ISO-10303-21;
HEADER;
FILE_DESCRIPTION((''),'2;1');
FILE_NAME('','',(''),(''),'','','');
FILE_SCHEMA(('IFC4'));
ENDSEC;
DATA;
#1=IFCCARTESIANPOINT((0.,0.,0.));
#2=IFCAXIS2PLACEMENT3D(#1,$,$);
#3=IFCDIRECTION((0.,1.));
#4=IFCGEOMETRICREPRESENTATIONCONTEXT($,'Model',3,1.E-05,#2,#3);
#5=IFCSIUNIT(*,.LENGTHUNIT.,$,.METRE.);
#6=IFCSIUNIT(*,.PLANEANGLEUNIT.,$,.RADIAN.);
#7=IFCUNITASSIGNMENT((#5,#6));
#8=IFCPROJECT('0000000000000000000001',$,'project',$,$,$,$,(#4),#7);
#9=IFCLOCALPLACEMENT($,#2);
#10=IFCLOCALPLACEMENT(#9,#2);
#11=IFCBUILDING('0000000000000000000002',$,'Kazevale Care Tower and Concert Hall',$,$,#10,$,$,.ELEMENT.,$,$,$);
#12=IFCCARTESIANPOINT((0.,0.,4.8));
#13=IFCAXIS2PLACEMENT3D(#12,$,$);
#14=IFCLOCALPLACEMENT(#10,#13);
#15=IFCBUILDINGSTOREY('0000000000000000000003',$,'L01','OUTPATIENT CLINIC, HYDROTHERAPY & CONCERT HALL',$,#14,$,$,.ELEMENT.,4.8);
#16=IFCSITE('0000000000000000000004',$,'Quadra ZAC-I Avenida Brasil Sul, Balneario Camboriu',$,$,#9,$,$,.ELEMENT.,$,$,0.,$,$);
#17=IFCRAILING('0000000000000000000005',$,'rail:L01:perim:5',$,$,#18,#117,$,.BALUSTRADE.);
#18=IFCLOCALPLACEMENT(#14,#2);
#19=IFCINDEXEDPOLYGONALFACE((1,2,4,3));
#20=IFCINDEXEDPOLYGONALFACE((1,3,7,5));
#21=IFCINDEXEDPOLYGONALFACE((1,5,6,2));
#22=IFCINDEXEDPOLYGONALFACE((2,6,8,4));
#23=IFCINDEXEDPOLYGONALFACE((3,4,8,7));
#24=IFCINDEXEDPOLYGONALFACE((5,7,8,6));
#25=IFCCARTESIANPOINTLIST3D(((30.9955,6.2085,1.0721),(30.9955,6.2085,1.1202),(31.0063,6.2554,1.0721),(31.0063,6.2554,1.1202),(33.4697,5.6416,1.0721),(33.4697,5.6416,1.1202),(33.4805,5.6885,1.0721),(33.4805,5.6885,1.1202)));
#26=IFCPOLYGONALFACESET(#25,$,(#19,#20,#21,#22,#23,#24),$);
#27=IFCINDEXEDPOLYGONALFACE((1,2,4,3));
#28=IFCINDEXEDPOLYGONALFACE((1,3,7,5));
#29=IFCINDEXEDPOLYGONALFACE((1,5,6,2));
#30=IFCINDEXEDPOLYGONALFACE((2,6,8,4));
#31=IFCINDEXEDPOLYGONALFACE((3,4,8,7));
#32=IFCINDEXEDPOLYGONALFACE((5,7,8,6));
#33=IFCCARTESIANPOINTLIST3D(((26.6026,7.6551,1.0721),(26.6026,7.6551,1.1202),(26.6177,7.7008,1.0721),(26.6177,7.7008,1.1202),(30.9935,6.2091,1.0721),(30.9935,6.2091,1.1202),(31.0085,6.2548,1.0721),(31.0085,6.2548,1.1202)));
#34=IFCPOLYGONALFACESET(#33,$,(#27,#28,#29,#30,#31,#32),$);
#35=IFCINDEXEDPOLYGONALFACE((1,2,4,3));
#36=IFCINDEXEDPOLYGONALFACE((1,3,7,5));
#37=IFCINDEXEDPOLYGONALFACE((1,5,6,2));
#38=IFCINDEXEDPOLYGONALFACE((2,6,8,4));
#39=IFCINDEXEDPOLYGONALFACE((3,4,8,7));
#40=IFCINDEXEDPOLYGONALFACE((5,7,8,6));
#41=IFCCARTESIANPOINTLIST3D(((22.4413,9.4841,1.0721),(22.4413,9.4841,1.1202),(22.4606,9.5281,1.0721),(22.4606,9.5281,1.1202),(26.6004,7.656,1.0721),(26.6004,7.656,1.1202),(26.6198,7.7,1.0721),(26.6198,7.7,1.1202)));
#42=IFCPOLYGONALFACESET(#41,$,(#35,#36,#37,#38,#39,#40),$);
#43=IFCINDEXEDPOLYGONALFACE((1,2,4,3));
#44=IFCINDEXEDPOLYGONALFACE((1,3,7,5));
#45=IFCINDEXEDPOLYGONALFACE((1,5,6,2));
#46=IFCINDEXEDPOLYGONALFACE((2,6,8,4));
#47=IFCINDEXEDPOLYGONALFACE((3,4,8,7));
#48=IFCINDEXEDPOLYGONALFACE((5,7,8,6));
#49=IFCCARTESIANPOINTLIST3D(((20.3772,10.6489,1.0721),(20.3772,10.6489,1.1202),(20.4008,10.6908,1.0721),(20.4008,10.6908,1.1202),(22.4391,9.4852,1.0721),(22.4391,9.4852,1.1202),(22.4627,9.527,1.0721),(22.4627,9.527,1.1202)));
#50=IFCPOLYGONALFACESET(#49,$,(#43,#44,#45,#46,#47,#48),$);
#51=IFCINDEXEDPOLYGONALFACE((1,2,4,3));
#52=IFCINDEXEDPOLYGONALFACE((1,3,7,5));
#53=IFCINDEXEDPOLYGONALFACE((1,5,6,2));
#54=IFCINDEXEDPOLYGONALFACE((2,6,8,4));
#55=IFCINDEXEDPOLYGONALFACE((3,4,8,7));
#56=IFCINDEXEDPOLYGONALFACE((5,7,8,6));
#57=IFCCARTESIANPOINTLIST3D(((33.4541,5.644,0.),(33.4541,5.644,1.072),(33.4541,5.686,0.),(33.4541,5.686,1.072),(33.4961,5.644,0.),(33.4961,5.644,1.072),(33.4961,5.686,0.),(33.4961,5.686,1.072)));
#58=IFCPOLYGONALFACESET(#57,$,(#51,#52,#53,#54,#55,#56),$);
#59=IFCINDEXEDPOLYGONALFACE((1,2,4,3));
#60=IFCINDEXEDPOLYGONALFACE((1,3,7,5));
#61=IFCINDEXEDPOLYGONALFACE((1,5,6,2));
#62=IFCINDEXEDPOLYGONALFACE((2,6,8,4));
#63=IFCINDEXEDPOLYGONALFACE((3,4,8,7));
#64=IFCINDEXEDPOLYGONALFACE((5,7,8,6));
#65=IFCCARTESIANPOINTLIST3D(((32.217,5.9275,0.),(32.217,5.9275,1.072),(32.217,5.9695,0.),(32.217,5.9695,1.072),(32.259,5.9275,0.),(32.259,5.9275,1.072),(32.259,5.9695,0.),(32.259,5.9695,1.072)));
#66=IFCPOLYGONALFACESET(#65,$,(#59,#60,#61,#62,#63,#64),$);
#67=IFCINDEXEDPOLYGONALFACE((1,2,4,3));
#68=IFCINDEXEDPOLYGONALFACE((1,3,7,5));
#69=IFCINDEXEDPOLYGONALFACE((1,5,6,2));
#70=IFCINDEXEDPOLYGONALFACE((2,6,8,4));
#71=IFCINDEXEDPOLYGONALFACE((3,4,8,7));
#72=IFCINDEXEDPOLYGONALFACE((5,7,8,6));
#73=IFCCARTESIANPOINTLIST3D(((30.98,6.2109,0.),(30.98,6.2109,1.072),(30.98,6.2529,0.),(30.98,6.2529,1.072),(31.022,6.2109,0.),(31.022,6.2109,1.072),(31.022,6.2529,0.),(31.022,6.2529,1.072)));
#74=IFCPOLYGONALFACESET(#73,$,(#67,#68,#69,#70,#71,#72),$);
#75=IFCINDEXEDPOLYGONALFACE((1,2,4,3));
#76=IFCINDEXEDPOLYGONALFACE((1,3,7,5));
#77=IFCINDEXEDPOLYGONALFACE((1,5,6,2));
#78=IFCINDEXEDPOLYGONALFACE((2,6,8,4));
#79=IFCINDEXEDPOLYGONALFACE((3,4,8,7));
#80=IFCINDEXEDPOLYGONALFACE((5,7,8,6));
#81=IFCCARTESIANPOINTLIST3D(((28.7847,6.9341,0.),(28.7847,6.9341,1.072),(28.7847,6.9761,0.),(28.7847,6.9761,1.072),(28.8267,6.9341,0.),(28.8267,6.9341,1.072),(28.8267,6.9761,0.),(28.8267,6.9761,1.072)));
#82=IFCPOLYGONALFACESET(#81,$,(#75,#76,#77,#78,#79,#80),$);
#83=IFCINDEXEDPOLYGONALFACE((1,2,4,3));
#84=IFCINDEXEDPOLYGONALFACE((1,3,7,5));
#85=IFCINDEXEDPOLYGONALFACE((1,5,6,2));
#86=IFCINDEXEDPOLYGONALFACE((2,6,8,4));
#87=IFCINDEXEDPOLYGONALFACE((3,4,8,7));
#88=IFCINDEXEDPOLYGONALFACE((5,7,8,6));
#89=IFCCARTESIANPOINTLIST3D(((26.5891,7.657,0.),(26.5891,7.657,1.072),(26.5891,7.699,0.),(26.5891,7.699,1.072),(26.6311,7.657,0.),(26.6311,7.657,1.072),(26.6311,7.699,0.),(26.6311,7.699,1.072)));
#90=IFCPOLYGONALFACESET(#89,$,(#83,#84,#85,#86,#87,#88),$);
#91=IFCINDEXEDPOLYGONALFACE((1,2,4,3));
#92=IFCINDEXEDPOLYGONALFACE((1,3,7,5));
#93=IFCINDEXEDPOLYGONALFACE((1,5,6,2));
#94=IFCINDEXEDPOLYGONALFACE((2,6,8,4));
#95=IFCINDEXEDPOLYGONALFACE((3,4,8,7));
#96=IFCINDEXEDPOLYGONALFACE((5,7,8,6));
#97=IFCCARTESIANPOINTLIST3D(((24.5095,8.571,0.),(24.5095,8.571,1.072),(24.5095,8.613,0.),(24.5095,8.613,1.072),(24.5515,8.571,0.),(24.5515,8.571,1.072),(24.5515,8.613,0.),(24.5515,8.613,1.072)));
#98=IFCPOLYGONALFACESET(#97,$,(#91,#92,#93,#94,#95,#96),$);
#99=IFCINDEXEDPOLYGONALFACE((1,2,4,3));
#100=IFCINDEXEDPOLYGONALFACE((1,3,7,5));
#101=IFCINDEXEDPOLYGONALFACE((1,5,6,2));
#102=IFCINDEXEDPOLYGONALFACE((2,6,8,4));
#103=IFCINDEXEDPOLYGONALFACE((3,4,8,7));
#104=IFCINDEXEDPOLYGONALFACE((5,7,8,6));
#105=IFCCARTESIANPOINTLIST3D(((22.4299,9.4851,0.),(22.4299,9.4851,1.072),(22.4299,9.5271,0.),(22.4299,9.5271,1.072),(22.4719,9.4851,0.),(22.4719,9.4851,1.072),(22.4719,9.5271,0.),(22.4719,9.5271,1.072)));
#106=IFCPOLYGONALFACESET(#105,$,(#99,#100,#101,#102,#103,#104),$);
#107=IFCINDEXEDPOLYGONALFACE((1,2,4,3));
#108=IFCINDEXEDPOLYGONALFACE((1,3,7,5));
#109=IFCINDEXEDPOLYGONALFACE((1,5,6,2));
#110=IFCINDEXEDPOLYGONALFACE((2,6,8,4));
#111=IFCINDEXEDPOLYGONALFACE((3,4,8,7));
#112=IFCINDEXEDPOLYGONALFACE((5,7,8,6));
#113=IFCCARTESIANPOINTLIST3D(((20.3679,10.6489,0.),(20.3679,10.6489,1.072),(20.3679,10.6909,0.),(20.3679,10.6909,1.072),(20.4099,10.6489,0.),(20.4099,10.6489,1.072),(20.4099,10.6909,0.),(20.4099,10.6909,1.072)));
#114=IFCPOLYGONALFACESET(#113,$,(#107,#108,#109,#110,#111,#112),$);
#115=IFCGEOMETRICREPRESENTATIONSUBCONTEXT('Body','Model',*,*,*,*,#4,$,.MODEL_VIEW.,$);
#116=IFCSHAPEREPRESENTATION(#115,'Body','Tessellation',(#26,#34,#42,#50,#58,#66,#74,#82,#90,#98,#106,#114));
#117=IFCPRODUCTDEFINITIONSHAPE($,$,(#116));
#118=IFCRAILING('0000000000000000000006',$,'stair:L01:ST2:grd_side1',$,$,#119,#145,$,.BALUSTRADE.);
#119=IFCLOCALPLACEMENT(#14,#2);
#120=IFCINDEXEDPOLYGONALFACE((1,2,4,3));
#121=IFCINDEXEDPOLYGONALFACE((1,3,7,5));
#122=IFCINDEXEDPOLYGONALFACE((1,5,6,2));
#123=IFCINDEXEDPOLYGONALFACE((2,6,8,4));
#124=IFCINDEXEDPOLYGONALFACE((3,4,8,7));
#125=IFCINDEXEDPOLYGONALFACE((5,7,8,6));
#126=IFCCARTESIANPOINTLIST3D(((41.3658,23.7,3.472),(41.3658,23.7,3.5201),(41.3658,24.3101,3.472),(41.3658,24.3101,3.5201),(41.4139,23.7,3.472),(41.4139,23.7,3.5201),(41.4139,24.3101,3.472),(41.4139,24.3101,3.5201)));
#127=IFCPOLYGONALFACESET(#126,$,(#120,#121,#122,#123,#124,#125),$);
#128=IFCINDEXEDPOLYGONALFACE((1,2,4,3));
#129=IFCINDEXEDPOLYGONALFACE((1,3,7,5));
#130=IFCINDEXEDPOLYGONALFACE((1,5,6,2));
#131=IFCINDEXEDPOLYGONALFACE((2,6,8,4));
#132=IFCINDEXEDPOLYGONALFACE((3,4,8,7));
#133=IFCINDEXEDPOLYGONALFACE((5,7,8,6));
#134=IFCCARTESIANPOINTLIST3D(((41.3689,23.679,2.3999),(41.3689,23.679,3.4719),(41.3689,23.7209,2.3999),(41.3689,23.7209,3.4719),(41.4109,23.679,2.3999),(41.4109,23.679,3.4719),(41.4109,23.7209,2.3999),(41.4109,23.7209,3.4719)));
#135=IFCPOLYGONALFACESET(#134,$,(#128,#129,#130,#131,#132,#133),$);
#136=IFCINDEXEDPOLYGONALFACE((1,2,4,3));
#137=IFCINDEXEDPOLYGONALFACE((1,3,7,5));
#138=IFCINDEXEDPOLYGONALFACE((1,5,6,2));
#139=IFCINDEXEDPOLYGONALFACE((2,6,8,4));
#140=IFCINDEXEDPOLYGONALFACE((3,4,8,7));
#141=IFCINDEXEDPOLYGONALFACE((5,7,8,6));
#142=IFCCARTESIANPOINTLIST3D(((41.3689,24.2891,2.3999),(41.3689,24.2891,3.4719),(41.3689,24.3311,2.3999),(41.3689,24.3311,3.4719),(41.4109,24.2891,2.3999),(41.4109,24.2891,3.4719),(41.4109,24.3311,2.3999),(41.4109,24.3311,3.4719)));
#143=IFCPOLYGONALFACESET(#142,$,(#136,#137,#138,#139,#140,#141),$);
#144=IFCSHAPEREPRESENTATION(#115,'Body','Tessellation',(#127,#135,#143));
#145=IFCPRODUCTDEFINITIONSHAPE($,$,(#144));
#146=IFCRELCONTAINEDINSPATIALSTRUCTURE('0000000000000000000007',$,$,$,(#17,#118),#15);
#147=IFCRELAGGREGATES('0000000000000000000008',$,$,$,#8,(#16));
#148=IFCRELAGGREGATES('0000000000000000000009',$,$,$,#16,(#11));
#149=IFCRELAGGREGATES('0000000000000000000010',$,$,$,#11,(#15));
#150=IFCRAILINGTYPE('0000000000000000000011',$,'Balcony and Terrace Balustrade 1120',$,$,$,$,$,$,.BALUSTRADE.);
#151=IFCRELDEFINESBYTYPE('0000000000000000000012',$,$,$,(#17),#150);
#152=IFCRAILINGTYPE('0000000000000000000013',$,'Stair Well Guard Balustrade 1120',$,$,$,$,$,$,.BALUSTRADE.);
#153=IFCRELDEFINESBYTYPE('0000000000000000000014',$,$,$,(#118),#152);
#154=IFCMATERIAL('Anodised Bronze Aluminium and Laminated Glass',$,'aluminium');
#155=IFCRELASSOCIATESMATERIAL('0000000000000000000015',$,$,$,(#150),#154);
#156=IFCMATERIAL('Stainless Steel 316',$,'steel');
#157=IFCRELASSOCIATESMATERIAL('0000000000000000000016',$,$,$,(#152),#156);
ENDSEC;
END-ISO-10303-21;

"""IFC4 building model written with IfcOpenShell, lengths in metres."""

from ifc_helpers import new_model, si_unit, direction, frame, origin, origin_2d, place, context, subcontext, project, spatial, rectangle, extrude, material, type_object, element, save


model = new_model("IFC4")

# Units and contexts
model_context = context("Model", 3, precision=1e-05, world=origin(), true_north=direction((0.0, 1.0)))
body_context = subcontext(model_context, "Body", "Model", "MODEL_VIEW")
ifc_project = project(units=[si_unit("LENGTHUNIT", "METRE"), si_unit("PLANEANGLEUNIT", "RADIAN")], contexts=[model_context])

# Site, building, storey
site_placement = place(None, origin())
site = spatial("IfcSite", under=ifc_project, at=site_placement, Name="Quadra ZAC-I Avenida Brasil Sul, Balneario Camboriu", CompositionType="ELEMENT", RefElevation=0.0)
building_placement = place(site_placement, origin())
building = spatial("IfcBuilding", under=site, at=building_placement, Name="Kazevale Care Tower and Concert Hall", CompositionType="ELEMENT")
storey_placement = place(building_placement, frame((0.0, 0.0, 4.8)))
storey = spatial("IfcBuildingStorey", under=building, at=storey_placement, Name="L01", Description="OUTPATIENT CLINIC, HYDROTHERAPY & CONCERT HALL", CompositionType="ELEMENT", Elevation=4.8)

# Railings
ifc_material_1 = material(Name="Anodised Bronze Aluminium and Laminated Glass", Category="aluminium")
railing_type_1 = type_object("IfcRailingType", Name="Balcony and Terrace Balustrade 1120", PredefinedType="BALUSTRADE", material=ifc_material_1)
railing_1_placement = place(storey_placement, frame((33.4751, 5.665, 0.0)))
element("IfcRailing", 1, at=railing_1_placement, inside=storey, type_object=railing_type_1, Name="rail:L01:perim:5", PredefinedType="BALUSTRADE", context=body_context, shape_type="SweptSolid", body=[
    extrude(rectangle(XDim=0.0481, YDim=0.0481, at=origin_2d()), frame((0.0, 0.0, 1.0962), z_axis=(-0.97474, 0.223342, 0.0), x_axis=(-0.223342, -0.97474, 0.0)), (0.0, 0.0, 1.0), 2.5383),
    extrude(rectangle(XDim=0.0481, YDim=0.0481, at=origin_2d()), frame((-2.4741, 0.5669, 1.0962), z_axis=(-0.949818, 0.312804, 0.0), x_axis=(-0.312804, -0.949818, 0.0)), (0.0, 0.0, 1.0), 4.6228),
    extrude(rectangle(XDim=0.0481, YDim=0.0481, at=origin_2d()), frame((-6.865, 2.0129, 1.0962), z_axis=(-0.91547, 0.402386, 0.0), x_axis=(-0.402386, -0.91547, 0.0)), (0.0, 0.0, 1.0), 4.5432),
    extrude(rectangle(XDim=0.0481, YDim=0.0481, at=origin_2d()), frame((-11.0242, 3.8411, 1.0962), z_axis=(-0.870864, 0.491524, 0.0), x_axis=(-0.491524, -0.870864, 0.0)), (0.0, 0.0, 1.0), 2.3677),
    extrude(rectangle(XDim=0.042, YDim=0.042, at=origin_2d()), origin(), (0.0, 0.0, 1.0), 1.072),
    extrude(rectangle(XDim=0.042, YDim=0.042, at=origin_2d()), frame((-1.2371, 0.2834, 0.0)), (0.0, 0.0, 1.0), 1.072),
    extrude(rectangle(XDim=0.042, YDim=0.042, at=origin_2d()), frame((-2.4741, 0.5669, 0.0)), (0.0, 0.0, 1.0), 1.072),
    extrude(rectangle(XDim=0.042, YDim=0.042, at=origin_2d()), frame((-4.6694, 1.29, 0.0)), (0.0, 0.0, 1.0), 1.072),
    extrude(rectangle(XDim=0.042, YDim=0.042, at=origin_2d()), frame((-6.865, 2.0129, 0.0)), (0.0, 0.0, 1.0), 1.072),
    extrude(rectangle(XDim=0.042, YDim=0.042, at=origin_2d()), frame((-8.9446, 2.927, 0.0)), (0.0, 0.0, 1.0), 1.072),
    extrude(rectangle(XDim=0.042, YDim=0.042, at=origin_2d()), frame((-11.0242, 3.8411, 0.0)), (0.0, 0.0, 1.0), 1.072),
    extrude(rectangle(XDim=0.042, YDim=0.042, at=origin_2d()), frame((-13.0862, 5.0049, 0.0)), (0.0, 0.0, 1.0), 1.072),
])
ifc_material_2 = material(Name="Stainless Steel 316", Category="steel")
railing_type_2 = type_object("IfcRailingType", Name="Stair Well Guard Balustrade 1120", PredefinedType="BALUSTRADE", material=ifc_material_2)
railing_2_placement = place(storey_placement, frame((41.3899, 23.7, 2.3999)))
element("IfcRailing", 2, at=railing_2_placement, inside=storey, type_object=railing_type_2, Name="stair:L01:ST2:grd_side1", PredefinedType="BALUSTRADE", context=body_context, shape_type="SweptSolid", body=[
    extrude(rectangle(XDim=0.0481, YDim=0.0481, at=origin_2d()), frame((0.0, 0.0, 1.0962), z_axis=(0.0, 1.0, 0.0), x_axis=(-1.0, 0.0, 0.0)), (0.0, 0.0, 1.0), 0.6101),
    extrude(rectangle(XDim=0.042, YDim=0.042, at=origin_2d()), origin(), (0.0, 0.0, 1.0), 1.072),
    extrude(rectangle(XDim=0.042, YDim=0.042, at=origin_2d()), frame((0.0, 0.6101, 0.0)), (0.0, 0.0, 1.0), 1.072),
])

save(model, "model.ifc")
